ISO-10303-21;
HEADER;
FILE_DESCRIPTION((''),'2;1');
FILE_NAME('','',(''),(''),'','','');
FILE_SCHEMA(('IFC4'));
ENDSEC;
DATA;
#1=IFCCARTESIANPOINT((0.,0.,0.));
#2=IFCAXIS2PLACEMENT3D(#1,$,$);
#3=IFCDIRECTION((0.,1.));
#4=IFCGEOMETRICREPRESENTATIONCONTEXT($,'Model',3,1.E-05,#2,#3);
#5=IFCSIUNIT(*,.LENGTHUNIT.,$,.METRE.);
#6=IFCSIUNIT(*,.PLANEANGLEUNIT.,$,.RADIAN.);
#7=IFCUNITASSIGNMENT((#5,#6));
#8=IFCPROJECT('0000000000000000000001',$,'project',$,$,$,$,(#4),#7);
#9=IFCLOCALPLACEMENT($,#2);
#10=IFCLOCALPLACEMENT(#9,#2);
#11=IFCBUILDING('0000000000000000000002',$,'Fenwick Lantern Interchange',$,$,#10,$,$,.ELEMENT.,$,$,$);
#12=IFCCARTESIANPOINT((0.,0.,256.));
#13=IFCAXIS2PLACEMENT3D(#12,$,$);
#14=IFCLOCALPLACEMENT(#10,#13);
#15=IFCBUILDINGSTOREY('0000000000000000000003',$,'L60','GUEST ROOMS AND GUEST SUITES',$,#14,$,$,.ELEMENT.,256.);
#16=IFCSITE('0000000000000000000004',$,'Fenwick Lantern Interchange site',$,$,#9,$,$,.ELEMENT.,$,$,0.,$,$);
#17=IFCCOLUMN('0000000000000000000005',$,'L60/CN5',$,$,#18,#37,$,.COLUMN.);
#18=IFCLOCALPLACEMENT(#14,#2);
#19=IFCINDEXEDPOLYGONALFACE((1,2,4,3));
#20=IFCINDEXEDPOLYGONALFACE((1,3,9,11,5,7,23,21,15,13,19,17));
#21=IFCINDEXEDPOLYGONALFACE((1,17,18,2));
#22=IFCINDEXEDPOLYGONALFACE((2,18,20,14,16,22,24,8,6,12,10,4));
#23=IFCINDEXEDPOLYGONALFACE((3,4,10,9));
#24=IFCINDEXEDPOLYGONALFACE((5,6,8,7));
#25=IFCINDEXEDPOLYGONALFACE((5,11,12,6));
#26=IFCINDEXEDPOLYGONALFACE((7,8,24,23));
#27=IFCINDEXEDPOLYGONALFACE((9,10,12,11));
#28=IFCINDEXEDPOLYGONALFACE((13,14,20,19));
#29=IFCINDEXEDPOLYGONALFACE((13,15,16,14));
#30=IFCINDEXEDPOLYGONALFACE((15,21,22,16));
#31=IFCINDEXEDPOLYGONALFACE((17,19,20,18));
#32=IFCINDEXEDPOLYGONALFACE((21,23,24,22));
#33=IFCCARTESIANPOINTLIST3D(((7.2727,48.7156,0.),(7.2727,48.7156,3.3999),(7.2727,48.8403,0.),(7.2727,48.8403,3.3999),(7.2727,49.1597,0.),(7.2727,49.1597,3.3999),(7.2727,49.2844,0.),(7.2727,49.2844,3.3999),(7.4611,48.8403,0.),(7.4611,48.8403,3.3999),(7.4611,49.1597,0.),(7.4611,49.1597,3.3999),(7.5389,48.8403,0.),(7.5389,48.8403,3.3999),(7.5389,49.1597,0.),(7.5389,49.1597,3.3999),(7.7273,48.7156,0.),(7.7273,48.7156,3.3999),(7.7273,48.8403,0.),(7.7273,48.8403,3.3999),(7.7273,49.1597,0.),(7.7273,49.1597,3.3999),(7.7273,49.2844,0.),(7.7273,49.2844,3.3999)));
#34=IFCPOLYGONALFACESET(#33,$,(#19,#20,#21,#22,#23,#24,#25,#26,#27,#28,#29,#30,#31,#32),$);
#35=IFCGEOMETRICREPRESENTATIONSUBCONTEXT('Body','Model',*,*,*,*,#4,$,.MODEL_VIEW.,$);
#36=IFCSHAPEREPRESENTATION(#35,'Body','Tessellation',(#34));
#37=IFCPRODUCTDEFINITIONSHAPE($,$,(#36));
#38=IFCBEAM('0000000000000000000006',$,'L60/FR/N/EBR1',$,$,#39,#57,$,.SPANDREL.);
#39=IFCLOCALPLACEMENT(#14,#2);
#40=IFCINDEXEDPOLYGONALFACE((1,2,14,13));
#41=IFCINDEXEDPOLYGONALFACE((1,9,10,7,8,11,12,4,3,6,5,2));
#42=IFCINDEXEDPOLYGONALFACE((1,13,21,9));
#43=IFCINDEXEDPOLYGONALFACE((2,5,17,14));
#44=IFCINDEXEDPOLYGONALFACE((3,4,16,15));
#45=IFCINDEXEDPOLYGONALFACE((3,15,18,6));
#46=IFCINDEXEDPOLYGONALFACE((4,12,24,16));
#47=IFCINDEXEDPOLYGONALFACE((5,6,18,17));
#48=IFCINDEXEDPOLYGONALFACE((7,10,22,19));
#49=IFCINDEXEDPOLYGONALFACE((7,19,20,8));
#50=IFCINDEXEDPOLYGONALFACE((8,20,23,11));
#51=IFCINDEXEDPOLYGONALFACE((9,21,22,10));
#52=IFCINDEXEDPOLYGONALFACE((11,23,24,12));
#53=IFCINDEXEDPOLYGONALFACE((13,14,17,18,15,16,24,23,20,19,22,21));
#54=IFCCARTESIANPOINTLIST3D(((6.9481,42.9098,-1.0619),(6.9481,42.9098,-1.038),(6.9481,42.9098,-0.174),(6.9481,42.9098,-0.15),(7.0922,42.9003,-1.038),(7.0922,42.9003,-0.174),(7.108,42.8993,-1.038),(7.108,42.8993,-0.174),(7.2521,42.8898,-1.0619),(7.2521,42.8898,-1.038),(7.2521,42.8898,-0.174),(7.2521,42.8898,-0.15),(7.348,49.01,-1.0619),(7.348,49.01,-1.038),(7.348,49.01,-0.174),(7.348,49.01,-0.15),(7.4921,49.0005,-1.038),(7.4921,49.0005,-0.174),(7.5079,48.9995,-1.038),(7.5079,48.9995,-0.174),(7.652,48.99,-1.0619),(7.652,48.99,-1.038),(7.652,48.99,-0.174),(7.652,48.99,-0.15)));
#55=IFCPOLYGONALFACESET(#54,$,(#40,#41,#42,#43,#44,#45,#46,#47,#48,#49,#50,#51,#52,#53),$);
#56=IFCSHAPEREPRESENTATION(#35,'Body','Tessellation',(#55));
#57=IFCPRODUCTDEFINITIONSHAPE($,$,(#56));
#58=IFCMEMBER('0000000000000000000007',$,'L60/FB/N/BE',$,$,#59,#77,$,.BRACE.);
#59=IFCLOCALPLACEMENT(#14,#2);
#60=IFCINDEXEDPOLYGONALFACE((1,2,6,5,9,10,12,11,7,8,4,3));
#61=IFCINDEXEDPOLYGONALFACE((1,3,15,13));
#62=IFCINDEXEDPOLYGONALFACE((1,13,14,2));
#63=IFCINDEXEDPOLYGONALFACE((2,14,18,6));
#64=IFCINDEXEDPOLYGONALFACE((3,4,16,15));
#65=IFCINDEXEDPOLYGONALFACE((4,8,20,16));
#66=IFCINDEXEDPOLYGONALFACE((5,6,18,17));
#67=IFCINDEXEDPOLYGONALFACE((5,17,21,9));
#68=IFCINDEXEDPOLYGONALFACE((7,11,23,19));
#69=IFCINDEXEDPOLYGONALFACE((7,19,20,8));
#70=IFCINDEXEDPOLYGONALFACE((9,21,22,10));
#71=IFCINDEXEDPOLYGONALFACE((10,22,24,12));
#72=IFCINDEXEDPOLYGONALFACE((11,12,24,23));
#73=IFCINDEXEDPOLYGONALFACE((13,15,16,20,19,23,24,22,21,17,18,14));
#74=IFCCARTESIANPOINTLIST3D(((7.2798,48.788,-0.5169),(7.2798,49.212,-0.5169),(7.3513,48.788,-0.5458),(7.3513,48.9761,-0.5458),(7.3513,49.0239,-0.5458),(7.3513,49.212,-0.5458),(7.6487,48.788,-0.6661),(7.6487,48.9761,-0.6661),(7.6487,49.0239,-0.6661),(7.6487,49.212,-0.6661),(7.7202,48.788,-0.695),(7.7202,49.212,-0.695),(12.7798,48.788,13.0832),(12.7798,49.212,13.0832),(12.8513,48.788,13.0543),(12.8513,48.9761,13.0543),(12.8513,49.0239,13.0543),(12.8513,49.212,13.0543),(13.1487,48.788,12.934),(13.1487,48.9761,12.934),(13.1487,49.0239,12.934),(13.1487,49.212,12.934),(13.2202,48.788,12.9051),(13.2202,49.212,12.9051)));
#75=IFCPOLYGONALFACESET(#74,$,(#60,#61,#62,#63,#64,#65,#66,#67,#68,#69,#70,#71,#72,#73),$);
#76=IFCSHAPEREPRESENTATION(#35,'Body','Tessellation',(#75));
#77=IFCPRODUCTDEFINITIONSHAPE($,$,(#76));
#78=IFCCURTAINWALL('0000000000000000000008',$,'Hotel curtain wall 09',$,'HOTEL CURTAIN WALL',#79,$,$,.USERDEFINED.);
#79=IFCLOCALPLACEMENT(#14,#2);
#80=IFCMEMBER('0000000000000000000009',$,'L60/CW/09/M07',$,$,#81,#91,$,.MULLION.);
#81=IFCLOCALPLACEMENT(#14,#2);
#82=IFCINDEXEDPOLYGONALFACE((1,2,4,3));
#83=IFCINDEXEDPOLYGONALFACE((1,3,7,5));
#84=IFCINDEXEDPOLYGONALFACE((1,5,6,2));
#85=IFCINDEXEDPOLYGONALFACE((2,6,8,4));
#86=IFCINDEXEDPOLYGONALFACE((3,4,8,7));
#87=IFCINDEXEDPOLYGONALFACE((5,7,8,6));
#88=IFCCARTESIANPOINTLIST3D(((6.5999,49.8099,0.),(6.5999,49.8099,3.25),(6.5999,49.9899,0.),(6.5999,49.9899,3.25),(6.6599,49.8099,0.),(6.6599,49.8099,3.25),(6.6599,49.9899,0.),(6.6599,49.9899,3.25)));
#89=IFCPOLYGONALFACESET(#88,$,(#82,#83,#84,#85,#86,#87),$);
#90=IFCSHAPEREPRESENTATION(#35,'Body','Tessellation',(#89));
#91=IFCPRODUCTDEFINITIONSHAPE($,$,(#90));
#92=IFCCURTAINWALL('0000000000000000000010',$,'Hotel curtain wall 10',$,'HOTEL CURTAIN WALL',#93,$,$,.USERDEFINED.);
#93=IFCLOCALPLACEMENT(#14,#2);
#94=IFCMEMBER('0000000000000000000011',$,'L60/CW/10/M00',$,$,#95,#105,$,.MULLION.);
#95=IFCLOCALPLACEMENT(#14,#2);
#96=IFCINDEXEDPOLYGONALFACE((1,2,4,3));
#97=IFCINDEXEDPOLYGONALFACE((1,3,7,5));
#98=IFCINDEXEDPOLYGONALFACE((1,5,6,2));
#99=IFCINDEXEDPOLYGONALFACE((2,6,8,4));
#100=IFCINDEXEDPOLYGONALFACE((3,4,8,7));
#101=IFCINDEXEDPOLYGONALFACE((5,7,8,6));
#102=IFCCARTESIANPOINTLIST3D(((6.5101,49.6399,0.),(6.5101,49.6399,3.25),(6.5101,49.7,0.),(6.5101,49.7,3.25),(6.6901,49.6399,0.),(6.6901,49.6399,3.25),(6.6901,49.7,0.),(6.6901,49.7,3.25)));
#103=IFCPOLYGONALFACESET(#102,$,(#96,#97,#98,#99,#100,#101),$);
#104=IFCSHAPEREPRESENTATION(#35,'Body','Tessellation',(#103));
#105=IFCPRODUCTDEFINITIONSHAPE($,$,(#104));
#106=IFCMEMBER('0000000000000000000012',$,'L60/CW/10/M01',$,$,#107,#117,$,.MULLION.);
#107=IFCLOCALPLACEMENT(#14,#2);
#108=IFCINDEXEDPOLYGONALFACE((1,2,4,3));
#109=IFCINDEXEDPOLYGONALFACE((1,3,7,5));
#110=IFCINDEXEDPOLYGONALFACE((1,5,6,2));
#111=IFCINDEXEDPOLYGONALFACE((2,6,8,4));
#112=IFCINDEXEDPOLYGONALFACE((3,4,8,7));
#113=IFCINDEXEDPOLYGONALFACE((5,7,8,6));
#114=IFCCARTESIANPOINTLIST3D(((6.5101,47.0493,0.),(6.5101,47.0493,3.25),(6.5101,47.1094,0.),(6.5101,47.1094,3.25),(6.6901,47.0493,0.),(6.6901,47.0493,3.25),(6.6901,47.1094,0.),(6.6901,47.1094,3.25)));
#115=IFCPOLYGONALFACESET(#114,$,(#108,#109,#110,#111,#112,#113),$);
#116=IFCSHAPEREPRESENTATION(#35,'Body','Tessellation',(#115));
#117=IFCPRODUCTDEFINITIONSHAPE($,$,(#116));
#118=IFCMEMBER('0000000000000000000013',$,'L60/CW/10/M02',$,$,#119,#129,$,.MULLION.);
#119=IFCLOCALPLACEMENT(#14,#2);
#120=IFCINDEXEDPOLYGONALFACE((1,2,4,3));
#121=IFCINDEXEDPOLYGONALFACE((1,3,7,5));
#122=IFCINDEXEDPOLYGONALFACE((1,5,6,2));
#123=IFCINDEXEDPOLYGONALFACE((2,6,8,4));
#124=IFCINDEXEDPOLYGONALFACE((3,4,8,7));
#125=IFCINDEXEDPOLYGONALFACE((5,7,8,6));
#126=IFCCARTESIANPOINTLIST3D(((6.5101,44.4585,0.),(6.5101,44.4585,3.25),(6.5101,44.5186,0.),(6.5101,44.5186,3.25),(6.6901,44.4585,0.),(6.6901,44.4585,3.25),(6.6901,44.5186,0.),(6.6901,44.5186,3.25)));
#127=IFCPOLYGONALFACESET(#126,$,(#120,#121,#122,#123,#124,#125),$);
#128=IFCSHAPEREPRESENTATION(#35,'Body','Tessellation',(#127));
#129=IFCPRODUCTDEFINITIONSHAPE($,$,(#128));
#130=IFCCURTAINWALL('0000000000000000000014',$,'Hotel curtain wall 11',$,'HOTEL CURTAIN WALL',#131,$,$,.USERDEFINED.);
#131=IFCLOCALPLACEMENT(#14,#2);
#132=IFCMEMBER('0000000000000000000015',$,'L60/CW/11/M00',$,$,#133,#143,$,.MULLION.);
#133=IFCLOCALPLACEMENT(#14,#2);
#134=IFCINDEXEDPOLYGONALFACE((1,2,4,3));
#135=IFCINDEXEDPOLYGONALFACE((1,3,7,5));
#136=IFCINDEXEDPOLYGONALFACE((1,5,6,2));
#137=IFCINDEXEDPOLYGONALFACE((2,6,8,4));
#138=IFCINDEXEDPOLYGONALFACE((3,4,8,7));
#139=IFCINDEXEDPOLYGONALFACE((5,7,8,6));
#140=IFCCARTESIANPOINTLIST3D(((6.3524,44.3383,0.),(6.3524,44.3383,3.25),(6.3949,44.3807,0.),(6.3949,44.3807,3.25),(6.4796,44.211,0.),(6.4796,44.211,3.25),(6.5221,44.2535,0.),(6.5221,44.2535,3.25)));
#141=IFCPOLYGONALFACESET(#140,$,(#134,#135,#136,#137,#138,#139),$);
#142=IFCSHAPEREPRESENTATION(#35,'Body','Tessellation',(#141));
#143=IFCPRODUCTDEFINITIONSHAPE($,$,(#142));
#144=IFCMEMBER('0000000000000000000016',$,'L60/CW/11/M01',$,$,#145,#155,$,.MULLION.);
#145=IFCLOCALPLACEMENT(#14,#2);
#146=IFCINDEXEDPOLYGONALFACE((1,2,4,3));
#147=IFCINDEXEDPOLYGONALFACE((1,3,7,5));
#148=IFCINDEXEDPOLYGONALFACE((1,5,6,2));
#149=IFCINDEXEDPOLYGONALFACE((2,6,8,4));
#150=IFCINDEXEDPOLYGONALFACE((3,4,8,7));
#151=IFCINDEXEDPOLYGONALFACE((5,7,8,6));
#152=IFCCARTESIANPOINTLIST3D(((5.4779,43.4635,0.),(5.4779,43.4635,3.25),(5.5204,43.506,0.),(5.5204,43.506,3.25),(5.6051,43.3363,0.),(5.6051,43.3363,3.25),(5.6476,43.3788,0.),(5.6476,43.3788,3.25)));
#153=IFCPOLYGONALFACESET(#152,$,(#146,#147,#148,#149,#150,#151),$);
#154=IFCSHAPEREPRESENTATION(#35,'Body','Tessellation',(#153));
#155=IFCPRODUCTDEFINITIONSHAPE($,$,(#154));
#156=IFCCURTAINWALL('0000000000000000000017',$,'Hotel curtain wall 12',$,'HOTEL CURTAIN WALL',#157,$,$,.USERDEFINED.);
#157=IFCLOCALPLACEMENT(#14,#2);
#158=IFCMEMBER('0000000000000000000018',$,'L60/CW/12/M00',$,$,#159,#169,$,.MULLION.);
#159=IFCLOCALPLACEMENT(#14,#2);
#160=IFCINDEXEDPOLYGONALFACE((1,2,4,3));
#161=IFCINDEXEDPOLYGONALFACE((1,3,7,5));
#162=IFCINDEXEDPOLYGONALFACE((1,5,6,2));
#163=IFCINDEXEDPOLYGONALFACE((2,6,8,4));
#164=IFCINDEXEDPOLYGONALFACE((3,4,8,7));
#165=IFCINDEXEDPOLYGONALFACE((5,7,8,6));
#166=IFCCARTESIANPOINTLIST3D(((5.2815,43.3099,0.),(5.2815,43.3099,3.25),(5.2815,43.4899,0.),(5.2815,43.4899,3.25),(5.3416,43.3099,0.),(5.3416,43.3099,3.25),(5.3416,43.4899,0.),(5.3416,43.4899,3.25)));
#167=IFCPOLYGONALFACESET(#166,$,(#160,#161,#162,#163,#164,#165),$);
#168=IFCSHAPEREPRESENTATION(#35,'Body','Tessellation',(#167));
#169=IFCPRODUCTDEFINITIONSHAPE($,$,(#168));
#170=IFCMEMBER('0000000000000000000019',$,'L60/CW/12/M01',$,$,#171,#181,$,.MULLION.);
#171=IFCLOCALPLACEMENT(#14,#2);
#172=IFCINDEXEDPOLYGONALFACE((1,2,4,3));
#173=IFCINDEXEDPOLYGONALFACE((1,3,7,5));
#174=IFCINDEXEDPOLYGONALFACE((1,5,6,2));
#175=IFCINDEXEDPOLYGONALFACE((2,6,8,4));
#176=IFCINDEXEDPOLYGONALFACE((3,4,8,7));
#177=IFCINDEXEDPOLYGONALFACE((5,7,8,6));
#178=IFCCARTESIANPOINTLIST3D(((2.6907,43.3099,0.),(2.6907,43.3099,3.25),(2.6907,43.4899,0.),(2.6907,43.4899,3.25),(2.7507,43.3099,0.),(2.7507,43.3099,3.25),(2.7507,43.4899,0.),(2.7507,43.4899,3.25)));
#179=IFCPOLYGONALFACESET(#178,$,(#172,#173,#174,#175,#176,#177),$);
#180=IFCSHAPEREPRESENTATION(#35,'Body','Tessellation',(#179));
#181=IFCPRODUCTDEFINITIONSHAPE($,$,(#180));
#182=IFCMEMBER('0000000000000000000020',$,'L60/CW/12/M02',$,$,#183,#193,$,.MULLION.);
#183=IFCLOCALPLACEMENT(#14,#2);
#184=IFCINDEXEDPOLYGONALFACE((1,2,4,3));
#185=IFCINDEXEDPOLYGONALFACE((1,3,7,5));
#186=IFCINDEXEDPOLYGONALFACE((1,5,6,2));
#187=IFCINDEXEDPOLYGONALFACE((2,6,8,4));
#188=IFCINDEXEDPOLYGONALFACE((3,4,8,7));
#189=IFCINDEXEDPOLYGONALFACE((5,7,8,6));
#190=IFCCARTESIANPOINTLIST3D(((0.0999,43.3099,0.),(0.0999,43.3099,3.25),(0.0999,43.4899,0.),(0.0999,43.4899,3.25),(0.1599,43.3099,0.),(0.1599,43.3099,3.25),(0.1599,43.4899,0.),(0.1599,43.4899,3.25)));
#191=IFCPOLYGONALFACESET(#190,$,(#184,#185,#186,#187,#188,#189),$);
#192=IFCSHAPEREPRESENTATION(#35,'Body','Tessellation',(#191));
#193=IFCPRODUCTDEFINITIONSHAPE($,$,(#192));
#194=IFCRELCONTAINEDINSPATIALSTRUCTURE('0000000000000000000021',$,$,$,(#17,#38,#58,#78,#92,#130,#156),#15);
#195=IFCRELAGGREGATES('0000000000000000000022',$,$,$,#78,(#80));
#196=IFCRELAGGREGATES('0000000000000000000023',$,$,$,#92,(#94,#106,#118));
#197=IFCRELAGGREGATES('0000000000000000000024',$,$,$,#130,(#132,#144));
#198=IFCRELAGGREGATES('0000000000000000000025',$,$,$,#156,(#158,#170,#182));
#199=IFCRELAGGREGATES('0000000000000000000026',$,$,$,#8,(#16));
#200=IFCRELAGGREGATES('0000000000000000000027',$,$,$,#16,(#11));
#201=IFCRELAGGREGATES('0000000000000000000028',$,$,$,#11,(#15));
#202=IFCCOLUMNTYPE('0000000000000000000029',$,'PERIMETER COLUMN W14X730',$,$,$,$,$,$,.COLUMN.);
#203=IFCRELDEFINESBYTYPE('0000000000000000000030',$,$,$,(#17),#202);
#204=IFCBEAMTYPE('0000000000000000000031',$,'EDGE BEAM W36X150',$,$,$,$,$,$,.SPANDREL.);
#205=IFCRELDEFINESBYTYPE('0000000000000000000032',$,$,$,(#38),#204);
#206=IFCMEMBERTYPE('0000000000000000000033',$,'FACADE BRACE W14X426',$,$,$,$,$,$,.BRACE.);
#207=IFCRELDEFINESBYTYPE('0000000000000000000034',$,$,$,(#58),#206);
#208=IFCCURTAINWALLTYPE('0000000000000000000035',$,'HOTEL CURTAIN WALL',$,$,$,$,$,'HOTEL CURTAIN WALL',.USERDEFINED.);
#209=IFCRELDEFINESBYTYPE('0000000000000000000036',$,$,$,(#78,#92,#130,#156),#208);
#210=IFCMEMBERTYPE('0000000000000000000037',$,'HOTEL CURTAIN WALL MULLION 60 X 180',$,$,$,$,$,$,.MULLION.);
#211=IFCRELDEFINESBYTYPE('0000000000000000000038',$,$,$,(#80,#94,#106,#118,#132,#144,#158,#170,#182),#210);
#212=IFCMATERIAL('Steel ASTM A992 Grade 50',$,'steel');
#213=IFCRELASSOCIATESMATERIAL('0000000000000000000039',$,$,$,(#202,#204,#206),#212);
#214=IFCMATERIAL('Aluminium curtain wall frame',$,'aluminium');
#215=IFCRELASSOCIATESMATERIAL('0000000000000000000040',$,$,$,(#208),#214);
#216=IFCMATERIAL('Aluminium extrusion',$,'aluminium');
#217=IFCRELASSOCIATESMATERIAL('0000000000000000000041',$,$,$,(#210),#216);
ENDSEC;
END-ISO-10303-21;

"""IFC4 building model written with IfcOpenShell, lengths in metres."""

from ifc_helpers import new_model, si_unit, direction, frame, origin, origin_2d, place, context, subcontext, project, spatial, rectangle, i_section, extrude, material, material_profile, profile_set, type_object, element, aggregate, save


model = new_model("IFC4")

# Units and contexts
model_context = context("Model", 3, precision=1e-05, world=origin(), true_north=direction((0.0, 1.0)))
body_context = subcontext(model_context, "Body", "Model", "MODEL_VIEW")
ifc_project = project(units=[si_unit("LENGTHUNIT", "METRE"), si_unit("PLANEANGLEUNIT", "RADIAN")], contexts=[model_context])

# Site, building, storey
site_placement = place(None, origin())
site = spatial("IfcSite", under=ifc_project, at=site_placement, Name="Fenwick Lantern Interchange site", CompositionType="ELEMENT", RefElevation=0.0)
building_placement = place(site_placement, origin())
building = spatial("IfcBuilding", under=site, at=building_placement, Name="Fenwick Lantern Interchange", CompositionType="ELEMENT")
storey_placement = place(building_placement, frame((0.0, 0.0, 256.0)))
storey = spatial("IfcBuildingStorey", under=building, at=storey_placement, Name="L60", Description="GUEST ROOMS AND GUEST SUITES", CompositionType="ELEMENT", Elevation=256.0)

# Column
ifc_material_1 = material(Name="Steel ASTM A992 Grade 50", Category="steel")
ifc_material_profile_1 = material_profile(ifc_material_1, i_section(OverallWidth=0.4546, OverallDepth=0.5688, WebThickness=0.0779, FlangeThickness=0.1248, at=origin_2d()), Name="W14X730")
ifc_profile_set_1 = profile_set([ifc_material_profile_1], Name="Steel ASTM A992 Grade 50")
column_type = type_object("IfcColumnType", Name="PERIMETER COLUMN W14X730", PredefinedType="COLUMN", material=ifc_profile_set_1)
column_placement = place(storey_placement, frame((7.5, 49.0, 0.0), z_axis=(0.0, 0.0, 1.0), x_axis=(1.0, 0.0, 0.0)))
element("IfcColumn", 1, at=column_placement, inside=storey, type_object=column_type, Name="L60/CN5", PredefinedType="COLUMN", context=body_context, shape_type="SweptSolid", body=[
    extrude(i_section(OverallWidth=0.4546, OverallDepth=0.5688, WebThickness=0.0779, FlangeThickness=0.1248, at=origin_2d()), origin(), (0.0, 0.0, 1.0), 3.3999),
])

# Beam
ifc_material_profile_2 = material_profile(ifc_material_1, i_section(OverallWidth=0.3047, OverallDepth=0.9119, WebThickness=0.0159, FlangeThickness=0.0239, at=origin_2d()), Name="W36X150")
ifc_profile_set_2 = profile_set([ifc_material_profile_2], Name="Steel ASTM A992 Grade 50")
beam_type = type_object("IfcBeamType", Name="EDGE BEAM W36X150", PredefinedType="SPANDREL", material=ifc_profile_set_2)
beam_placement = place(storey_placement, frame((7.5, 49.0, -0.606), z_axis=(-0.065416, -0.997858, 0.0), x_axis=(0.997858, -0.065416, 0.0)))
element("IfcBeam", 2, at=beam_placement, inside=storey, type_object=beam_type, Name="L60/FR/N/EBR1", PredefinedType="SPANDREL", context=body_context, shape_type="SweptSolid", body=[
    extrude(i_section(OverallWidth=0.3047, OverallDepth=0.9119, WebThickness=0.0159, FlangeThickness=0.0239, at=origin_2d()), origin(), (0.0, 0.0, 1.0), 6.1133),
])

# Member
ifc_material_profile_3 = material_profile(ifc_material_1, i_section(OverallWidth=0.4241, OverallDepth=0.4751, WebThickness=0.0479, FlangeThickness=0.0771, at=origin_2d()), Name="W14X426")
ifc_profile_set_3 = profile_set([ifc_material_profile_3], Name="Steel ASTM A992 Grade 50")
member_type_1 = type_object("IfcMemberType", Name="FACADE BRACE W14X426", PredefinedType="BRACE", material=ifc_profile_set_3)
member_1_placement = place(storey_placement, frame((7.5, 49.0, -0.606), z_axis=(0.374912, 0.0, 0.927061), x_axis=(0.0, 1.0, 0.0)))
element("IfcMember", 3, at=member_1_placement, inside=storey, type_object=member_type_1, Name="L60/FB/N/BE", PredefinedType="BRACE", context=body_context, shape_type="SweptSolid", body=[
    extrude(i_section(OverallWidth=0.4241, OverallDepth=0.4751, WebThickness=0.0479, FlangeThickness=0.0771, at=origin_2d()), origin(), (0.0, 0.0, 1.0), 14.6702),
])

# Curtain wall, member
ifc_material_2 = material(Name="Aluminium curtain wall frame", Category="aluminium")
curtain_wall_type = type_object("IfcCurtainWallType", Name="HOTEL CURTAIN WALL", ElementType="HOTEL CURTAIN WALL", PredefinedType="USERDEFINED", material=ifc_material_2)
curtain_wall_1_placement = place(storey_placement, origin())
curtain_wall_1 = element("IfcCurtainWall", 4, at=curtain_wall_1_placement, inside=storey, type_object=curtain_wall_type, Name="Hotel curtain wall 09", ObjectType="HOTEL CURTAIN WALL", PredefinedType="USERDEFINED")
ifc_material_3 = material(Name="Aluminium extrusion", Category="aluminium")
ifc_material_profile_4 = material_profile(ifc_material_3, rectangle(XDim=0.1799, YDim=0.0601, at=origin_2d()), Name="HOTEL CURTAIN WALL MULLION 60 X 180")
ifc_profile_set_4 = profile_set([ifc_material_profile_4], Name="Aluminium extrusion")
member_type_2 = type_object("IfcMemberType", Name="HOTEL CURTAIN WALL MULLION 60 X 180", PredefinedType="MULLION", material=ifc_profile_set_4)
member_2_placement = place(storey_placement, frame((6.6299, 49.8999, 0.0), z_axis=(0.0, 0.0, 1.0), x_axis=(0.0, -1.0, 0.0)))
member_2 = element("IfcMember", 5, at=member_2_placement, type_object=member_type_2, Name="L60/CW/09/M07", PredefinedType="MULLION", context=body_context, shape_type="SweptSolid", body=[
    extrude(rectangle(XDim=0.1799, YDim=0.0601, at=origin_2d()), origin(), (0.0, 0.0, 1.0), 3.25),
])
aggregate(curtain_wall_1, [member_2])

# Curtain walls, members
curtain_wall_2_placement = place(storey_placement, origin())
curtain_wall_2 = element("IfcCurtainWall", 6, at=curtain_wall_2_placement, inside=storey, type_object=curtain_wall_type, Name="Hotel curtain wall 10", ObjectType="HOTEL CURTAIN WALL", PredefinedType="USERDEFINED")
member_3_placement = place(storey_placement, frame((6.6001, 49.6699, 0.0), z_axis=(0.0, 0.0, 1.0), x_axis=(1.0, 0.0, 0.0)))
member_3 = element("IfcMember", 7, at=member_3_placement, type_object=member_type_2, Name="L60/CW/10/M00", PredefinedType="MULLION", context=body_context, shape_type="SweptSolid", body=[
    extrude(rectangle(XDim=0.1799, YDim=0.0601, at=origin_2d()), origin(), (0.0, 0.0, 1.0), 3.25),
])
member_4_placement = place(storey_placement, frame((6.6001, 47.0793, 0.0), z_axis=(0.0, 0.0, 1.0), x_axis=(1.0, 0.0, 0.0)))
member_4 = element("IfcMember", 8, at=member_4_placement, type_object=member_type_2, Name="L60/CW/10/M01", PredefinedType="MULLION", context=body_context, shape_type="SweptSolid", body=[
    extrude(rectangle(XDim=0.1799, YDim=0.0601, at=origin_2d()), origin(), (0.0, 0.0, 1.0), 3.25),
])
member_5_placement = place(storey_placement, frame((6.6001, 44.4885, 0.0), z_axis=(0.0, 0.0, 1.0), x_axis=(1.0, 0.0, 0.0)))
member_5 = element("IfcMember", 9, at=member_5_placement, type_object=member_type_2, Name="L60/CW/10/M02", PredefinedType="MULLION", context=body_context, shape_type="SweptSolid", body=[
    extrude(rectangle(XDim=0.1799, YDim=0.0601, at=origin_2d()), origin(), (0.0, 0.0, 1.0), 3.25),
])
curtain_wall_3_placement = place(storey_placement, origin())
curtain_wall_3 = element("IfcCurtainWall", 10, at=curtain_wall_3_placement, inside=storey, type_object=curtain_wall_type, Name="Hotel curtain wall 11", ObjectType="HOTEL CURTAIN WALL", PredefinedType="USERDEFINED")
member_6_placement = place(storey_placement, frame((6.4373, 44.2959, 0.0), z_axis=(0.0, 0.0, 1.0), x_axis=(0.707107, -0.707107, 0.0)))
member_6 = element("IfcMember", 11, at=member_6_placement, type_object=member_type_2, Name="L60/CW/11/M00", PredefinedType="MULLION", context=body_context, shape_type="SweptSolid", body=[
    extrude(rectangle(XDim=0.1799, YDim=0.0601, at=origin_2d()), origin(), (0.0, 0.0, 1.0), 3.25),
])
member_7_placement = place(storey_placement, frame((5.5627, 43.4211, 0.0), z_axis=(0.0, 0.0, 1.0), x_axis=(0.707107, -0.707107, 0.0)))
member_7 = element("IfcMember", 12, at=member_7_placement, type_object=member_type_2, Name="L60/CW/11/M01", PredefinedType="MULLION", context=body_context, shape_type="SweptSolid", body=[
    extrude(rectangle(XDim=0.1799, YDim=0.0601, at=origin_2d()), origin(), (0.0, 0.0, 1.0), 3.25),
])
curtain_wall_4_placement = place(storey_placement, origin())
curtain_wall_4 = element("IfcCurtainWall", 13, at=curtain_wall_4_placement, inside=storey, type_object=curtain_wall_type, Name="Hotel curtain wall 12", ObjectType="HOTEL CURTAIN WALL", PredefinedType="USERDEFINED")
member_8_placement = place(storey_placement, frame((5.3115, 43.3999, 0.0), z_axis=(0.0, 0.0, 1.0), x_axis=(0.0, -1.0, 0.0)))
member_8 = element("IfcMember", 14, at=member_8_placement, type_object=member_type_2, Name="L60/CW/12/M00", PredefinedType="MULLION", context=body_context, shape_type="SweptSolid", body=[
    extrude(rectangle(XDim=0.1799, YDim=0.0601, at=origin_2d()), origin(), (0.0, 0.0, 1.0), 3.25),
])
member_9_placement = place(storey_placement, frame((2.7207, 43.3999, 0.0), z_axis=(0.0, 0.0, 1.0), x_axis=(0.0, -1.0, 0.0)))
member_9 = element("IfcMember", 15, at=member_9_placement, type_object=member_type_2, Name="L60/CW/12/M01", PredefinedType="MULLION", context=body_context, shape_type="SweptSolid", body=[
    extrude(rectangle(XDim=0.1799, YDim=0.0601, at=origin_2d()), origin(), (0.0, 0.0, 1.0), 3.25),
])
member_10_placement = place(storey_placement, frame((0.1299, 43.3999, 0.0), z_axis=(0.0, 0.0, 1.0), x_axis=(0.0, -1.0, 0.0)))
member_10 = element("IfcMember", 16, at=member_10_placement, type_object=member_type_2, Name="L60/CW/12/M02", PredefinedType="MULLION", context=body_context, shape_type="SweptSolid", body=[
    extrude(rectangle(XDim=0.1799, YDim=0.0601, at=origin_2d()), origin(), (0.0, 0.0, 1.0), 3.25),
])

aggregate(curtain_wall_2, [member_3, member_4, member_5])
aggregate(curtain_wall_3, [member_6, member_7])
aggregate(curtain_wall_4, [member_8, member_9, member_10])

save(model, "model.ifc")
